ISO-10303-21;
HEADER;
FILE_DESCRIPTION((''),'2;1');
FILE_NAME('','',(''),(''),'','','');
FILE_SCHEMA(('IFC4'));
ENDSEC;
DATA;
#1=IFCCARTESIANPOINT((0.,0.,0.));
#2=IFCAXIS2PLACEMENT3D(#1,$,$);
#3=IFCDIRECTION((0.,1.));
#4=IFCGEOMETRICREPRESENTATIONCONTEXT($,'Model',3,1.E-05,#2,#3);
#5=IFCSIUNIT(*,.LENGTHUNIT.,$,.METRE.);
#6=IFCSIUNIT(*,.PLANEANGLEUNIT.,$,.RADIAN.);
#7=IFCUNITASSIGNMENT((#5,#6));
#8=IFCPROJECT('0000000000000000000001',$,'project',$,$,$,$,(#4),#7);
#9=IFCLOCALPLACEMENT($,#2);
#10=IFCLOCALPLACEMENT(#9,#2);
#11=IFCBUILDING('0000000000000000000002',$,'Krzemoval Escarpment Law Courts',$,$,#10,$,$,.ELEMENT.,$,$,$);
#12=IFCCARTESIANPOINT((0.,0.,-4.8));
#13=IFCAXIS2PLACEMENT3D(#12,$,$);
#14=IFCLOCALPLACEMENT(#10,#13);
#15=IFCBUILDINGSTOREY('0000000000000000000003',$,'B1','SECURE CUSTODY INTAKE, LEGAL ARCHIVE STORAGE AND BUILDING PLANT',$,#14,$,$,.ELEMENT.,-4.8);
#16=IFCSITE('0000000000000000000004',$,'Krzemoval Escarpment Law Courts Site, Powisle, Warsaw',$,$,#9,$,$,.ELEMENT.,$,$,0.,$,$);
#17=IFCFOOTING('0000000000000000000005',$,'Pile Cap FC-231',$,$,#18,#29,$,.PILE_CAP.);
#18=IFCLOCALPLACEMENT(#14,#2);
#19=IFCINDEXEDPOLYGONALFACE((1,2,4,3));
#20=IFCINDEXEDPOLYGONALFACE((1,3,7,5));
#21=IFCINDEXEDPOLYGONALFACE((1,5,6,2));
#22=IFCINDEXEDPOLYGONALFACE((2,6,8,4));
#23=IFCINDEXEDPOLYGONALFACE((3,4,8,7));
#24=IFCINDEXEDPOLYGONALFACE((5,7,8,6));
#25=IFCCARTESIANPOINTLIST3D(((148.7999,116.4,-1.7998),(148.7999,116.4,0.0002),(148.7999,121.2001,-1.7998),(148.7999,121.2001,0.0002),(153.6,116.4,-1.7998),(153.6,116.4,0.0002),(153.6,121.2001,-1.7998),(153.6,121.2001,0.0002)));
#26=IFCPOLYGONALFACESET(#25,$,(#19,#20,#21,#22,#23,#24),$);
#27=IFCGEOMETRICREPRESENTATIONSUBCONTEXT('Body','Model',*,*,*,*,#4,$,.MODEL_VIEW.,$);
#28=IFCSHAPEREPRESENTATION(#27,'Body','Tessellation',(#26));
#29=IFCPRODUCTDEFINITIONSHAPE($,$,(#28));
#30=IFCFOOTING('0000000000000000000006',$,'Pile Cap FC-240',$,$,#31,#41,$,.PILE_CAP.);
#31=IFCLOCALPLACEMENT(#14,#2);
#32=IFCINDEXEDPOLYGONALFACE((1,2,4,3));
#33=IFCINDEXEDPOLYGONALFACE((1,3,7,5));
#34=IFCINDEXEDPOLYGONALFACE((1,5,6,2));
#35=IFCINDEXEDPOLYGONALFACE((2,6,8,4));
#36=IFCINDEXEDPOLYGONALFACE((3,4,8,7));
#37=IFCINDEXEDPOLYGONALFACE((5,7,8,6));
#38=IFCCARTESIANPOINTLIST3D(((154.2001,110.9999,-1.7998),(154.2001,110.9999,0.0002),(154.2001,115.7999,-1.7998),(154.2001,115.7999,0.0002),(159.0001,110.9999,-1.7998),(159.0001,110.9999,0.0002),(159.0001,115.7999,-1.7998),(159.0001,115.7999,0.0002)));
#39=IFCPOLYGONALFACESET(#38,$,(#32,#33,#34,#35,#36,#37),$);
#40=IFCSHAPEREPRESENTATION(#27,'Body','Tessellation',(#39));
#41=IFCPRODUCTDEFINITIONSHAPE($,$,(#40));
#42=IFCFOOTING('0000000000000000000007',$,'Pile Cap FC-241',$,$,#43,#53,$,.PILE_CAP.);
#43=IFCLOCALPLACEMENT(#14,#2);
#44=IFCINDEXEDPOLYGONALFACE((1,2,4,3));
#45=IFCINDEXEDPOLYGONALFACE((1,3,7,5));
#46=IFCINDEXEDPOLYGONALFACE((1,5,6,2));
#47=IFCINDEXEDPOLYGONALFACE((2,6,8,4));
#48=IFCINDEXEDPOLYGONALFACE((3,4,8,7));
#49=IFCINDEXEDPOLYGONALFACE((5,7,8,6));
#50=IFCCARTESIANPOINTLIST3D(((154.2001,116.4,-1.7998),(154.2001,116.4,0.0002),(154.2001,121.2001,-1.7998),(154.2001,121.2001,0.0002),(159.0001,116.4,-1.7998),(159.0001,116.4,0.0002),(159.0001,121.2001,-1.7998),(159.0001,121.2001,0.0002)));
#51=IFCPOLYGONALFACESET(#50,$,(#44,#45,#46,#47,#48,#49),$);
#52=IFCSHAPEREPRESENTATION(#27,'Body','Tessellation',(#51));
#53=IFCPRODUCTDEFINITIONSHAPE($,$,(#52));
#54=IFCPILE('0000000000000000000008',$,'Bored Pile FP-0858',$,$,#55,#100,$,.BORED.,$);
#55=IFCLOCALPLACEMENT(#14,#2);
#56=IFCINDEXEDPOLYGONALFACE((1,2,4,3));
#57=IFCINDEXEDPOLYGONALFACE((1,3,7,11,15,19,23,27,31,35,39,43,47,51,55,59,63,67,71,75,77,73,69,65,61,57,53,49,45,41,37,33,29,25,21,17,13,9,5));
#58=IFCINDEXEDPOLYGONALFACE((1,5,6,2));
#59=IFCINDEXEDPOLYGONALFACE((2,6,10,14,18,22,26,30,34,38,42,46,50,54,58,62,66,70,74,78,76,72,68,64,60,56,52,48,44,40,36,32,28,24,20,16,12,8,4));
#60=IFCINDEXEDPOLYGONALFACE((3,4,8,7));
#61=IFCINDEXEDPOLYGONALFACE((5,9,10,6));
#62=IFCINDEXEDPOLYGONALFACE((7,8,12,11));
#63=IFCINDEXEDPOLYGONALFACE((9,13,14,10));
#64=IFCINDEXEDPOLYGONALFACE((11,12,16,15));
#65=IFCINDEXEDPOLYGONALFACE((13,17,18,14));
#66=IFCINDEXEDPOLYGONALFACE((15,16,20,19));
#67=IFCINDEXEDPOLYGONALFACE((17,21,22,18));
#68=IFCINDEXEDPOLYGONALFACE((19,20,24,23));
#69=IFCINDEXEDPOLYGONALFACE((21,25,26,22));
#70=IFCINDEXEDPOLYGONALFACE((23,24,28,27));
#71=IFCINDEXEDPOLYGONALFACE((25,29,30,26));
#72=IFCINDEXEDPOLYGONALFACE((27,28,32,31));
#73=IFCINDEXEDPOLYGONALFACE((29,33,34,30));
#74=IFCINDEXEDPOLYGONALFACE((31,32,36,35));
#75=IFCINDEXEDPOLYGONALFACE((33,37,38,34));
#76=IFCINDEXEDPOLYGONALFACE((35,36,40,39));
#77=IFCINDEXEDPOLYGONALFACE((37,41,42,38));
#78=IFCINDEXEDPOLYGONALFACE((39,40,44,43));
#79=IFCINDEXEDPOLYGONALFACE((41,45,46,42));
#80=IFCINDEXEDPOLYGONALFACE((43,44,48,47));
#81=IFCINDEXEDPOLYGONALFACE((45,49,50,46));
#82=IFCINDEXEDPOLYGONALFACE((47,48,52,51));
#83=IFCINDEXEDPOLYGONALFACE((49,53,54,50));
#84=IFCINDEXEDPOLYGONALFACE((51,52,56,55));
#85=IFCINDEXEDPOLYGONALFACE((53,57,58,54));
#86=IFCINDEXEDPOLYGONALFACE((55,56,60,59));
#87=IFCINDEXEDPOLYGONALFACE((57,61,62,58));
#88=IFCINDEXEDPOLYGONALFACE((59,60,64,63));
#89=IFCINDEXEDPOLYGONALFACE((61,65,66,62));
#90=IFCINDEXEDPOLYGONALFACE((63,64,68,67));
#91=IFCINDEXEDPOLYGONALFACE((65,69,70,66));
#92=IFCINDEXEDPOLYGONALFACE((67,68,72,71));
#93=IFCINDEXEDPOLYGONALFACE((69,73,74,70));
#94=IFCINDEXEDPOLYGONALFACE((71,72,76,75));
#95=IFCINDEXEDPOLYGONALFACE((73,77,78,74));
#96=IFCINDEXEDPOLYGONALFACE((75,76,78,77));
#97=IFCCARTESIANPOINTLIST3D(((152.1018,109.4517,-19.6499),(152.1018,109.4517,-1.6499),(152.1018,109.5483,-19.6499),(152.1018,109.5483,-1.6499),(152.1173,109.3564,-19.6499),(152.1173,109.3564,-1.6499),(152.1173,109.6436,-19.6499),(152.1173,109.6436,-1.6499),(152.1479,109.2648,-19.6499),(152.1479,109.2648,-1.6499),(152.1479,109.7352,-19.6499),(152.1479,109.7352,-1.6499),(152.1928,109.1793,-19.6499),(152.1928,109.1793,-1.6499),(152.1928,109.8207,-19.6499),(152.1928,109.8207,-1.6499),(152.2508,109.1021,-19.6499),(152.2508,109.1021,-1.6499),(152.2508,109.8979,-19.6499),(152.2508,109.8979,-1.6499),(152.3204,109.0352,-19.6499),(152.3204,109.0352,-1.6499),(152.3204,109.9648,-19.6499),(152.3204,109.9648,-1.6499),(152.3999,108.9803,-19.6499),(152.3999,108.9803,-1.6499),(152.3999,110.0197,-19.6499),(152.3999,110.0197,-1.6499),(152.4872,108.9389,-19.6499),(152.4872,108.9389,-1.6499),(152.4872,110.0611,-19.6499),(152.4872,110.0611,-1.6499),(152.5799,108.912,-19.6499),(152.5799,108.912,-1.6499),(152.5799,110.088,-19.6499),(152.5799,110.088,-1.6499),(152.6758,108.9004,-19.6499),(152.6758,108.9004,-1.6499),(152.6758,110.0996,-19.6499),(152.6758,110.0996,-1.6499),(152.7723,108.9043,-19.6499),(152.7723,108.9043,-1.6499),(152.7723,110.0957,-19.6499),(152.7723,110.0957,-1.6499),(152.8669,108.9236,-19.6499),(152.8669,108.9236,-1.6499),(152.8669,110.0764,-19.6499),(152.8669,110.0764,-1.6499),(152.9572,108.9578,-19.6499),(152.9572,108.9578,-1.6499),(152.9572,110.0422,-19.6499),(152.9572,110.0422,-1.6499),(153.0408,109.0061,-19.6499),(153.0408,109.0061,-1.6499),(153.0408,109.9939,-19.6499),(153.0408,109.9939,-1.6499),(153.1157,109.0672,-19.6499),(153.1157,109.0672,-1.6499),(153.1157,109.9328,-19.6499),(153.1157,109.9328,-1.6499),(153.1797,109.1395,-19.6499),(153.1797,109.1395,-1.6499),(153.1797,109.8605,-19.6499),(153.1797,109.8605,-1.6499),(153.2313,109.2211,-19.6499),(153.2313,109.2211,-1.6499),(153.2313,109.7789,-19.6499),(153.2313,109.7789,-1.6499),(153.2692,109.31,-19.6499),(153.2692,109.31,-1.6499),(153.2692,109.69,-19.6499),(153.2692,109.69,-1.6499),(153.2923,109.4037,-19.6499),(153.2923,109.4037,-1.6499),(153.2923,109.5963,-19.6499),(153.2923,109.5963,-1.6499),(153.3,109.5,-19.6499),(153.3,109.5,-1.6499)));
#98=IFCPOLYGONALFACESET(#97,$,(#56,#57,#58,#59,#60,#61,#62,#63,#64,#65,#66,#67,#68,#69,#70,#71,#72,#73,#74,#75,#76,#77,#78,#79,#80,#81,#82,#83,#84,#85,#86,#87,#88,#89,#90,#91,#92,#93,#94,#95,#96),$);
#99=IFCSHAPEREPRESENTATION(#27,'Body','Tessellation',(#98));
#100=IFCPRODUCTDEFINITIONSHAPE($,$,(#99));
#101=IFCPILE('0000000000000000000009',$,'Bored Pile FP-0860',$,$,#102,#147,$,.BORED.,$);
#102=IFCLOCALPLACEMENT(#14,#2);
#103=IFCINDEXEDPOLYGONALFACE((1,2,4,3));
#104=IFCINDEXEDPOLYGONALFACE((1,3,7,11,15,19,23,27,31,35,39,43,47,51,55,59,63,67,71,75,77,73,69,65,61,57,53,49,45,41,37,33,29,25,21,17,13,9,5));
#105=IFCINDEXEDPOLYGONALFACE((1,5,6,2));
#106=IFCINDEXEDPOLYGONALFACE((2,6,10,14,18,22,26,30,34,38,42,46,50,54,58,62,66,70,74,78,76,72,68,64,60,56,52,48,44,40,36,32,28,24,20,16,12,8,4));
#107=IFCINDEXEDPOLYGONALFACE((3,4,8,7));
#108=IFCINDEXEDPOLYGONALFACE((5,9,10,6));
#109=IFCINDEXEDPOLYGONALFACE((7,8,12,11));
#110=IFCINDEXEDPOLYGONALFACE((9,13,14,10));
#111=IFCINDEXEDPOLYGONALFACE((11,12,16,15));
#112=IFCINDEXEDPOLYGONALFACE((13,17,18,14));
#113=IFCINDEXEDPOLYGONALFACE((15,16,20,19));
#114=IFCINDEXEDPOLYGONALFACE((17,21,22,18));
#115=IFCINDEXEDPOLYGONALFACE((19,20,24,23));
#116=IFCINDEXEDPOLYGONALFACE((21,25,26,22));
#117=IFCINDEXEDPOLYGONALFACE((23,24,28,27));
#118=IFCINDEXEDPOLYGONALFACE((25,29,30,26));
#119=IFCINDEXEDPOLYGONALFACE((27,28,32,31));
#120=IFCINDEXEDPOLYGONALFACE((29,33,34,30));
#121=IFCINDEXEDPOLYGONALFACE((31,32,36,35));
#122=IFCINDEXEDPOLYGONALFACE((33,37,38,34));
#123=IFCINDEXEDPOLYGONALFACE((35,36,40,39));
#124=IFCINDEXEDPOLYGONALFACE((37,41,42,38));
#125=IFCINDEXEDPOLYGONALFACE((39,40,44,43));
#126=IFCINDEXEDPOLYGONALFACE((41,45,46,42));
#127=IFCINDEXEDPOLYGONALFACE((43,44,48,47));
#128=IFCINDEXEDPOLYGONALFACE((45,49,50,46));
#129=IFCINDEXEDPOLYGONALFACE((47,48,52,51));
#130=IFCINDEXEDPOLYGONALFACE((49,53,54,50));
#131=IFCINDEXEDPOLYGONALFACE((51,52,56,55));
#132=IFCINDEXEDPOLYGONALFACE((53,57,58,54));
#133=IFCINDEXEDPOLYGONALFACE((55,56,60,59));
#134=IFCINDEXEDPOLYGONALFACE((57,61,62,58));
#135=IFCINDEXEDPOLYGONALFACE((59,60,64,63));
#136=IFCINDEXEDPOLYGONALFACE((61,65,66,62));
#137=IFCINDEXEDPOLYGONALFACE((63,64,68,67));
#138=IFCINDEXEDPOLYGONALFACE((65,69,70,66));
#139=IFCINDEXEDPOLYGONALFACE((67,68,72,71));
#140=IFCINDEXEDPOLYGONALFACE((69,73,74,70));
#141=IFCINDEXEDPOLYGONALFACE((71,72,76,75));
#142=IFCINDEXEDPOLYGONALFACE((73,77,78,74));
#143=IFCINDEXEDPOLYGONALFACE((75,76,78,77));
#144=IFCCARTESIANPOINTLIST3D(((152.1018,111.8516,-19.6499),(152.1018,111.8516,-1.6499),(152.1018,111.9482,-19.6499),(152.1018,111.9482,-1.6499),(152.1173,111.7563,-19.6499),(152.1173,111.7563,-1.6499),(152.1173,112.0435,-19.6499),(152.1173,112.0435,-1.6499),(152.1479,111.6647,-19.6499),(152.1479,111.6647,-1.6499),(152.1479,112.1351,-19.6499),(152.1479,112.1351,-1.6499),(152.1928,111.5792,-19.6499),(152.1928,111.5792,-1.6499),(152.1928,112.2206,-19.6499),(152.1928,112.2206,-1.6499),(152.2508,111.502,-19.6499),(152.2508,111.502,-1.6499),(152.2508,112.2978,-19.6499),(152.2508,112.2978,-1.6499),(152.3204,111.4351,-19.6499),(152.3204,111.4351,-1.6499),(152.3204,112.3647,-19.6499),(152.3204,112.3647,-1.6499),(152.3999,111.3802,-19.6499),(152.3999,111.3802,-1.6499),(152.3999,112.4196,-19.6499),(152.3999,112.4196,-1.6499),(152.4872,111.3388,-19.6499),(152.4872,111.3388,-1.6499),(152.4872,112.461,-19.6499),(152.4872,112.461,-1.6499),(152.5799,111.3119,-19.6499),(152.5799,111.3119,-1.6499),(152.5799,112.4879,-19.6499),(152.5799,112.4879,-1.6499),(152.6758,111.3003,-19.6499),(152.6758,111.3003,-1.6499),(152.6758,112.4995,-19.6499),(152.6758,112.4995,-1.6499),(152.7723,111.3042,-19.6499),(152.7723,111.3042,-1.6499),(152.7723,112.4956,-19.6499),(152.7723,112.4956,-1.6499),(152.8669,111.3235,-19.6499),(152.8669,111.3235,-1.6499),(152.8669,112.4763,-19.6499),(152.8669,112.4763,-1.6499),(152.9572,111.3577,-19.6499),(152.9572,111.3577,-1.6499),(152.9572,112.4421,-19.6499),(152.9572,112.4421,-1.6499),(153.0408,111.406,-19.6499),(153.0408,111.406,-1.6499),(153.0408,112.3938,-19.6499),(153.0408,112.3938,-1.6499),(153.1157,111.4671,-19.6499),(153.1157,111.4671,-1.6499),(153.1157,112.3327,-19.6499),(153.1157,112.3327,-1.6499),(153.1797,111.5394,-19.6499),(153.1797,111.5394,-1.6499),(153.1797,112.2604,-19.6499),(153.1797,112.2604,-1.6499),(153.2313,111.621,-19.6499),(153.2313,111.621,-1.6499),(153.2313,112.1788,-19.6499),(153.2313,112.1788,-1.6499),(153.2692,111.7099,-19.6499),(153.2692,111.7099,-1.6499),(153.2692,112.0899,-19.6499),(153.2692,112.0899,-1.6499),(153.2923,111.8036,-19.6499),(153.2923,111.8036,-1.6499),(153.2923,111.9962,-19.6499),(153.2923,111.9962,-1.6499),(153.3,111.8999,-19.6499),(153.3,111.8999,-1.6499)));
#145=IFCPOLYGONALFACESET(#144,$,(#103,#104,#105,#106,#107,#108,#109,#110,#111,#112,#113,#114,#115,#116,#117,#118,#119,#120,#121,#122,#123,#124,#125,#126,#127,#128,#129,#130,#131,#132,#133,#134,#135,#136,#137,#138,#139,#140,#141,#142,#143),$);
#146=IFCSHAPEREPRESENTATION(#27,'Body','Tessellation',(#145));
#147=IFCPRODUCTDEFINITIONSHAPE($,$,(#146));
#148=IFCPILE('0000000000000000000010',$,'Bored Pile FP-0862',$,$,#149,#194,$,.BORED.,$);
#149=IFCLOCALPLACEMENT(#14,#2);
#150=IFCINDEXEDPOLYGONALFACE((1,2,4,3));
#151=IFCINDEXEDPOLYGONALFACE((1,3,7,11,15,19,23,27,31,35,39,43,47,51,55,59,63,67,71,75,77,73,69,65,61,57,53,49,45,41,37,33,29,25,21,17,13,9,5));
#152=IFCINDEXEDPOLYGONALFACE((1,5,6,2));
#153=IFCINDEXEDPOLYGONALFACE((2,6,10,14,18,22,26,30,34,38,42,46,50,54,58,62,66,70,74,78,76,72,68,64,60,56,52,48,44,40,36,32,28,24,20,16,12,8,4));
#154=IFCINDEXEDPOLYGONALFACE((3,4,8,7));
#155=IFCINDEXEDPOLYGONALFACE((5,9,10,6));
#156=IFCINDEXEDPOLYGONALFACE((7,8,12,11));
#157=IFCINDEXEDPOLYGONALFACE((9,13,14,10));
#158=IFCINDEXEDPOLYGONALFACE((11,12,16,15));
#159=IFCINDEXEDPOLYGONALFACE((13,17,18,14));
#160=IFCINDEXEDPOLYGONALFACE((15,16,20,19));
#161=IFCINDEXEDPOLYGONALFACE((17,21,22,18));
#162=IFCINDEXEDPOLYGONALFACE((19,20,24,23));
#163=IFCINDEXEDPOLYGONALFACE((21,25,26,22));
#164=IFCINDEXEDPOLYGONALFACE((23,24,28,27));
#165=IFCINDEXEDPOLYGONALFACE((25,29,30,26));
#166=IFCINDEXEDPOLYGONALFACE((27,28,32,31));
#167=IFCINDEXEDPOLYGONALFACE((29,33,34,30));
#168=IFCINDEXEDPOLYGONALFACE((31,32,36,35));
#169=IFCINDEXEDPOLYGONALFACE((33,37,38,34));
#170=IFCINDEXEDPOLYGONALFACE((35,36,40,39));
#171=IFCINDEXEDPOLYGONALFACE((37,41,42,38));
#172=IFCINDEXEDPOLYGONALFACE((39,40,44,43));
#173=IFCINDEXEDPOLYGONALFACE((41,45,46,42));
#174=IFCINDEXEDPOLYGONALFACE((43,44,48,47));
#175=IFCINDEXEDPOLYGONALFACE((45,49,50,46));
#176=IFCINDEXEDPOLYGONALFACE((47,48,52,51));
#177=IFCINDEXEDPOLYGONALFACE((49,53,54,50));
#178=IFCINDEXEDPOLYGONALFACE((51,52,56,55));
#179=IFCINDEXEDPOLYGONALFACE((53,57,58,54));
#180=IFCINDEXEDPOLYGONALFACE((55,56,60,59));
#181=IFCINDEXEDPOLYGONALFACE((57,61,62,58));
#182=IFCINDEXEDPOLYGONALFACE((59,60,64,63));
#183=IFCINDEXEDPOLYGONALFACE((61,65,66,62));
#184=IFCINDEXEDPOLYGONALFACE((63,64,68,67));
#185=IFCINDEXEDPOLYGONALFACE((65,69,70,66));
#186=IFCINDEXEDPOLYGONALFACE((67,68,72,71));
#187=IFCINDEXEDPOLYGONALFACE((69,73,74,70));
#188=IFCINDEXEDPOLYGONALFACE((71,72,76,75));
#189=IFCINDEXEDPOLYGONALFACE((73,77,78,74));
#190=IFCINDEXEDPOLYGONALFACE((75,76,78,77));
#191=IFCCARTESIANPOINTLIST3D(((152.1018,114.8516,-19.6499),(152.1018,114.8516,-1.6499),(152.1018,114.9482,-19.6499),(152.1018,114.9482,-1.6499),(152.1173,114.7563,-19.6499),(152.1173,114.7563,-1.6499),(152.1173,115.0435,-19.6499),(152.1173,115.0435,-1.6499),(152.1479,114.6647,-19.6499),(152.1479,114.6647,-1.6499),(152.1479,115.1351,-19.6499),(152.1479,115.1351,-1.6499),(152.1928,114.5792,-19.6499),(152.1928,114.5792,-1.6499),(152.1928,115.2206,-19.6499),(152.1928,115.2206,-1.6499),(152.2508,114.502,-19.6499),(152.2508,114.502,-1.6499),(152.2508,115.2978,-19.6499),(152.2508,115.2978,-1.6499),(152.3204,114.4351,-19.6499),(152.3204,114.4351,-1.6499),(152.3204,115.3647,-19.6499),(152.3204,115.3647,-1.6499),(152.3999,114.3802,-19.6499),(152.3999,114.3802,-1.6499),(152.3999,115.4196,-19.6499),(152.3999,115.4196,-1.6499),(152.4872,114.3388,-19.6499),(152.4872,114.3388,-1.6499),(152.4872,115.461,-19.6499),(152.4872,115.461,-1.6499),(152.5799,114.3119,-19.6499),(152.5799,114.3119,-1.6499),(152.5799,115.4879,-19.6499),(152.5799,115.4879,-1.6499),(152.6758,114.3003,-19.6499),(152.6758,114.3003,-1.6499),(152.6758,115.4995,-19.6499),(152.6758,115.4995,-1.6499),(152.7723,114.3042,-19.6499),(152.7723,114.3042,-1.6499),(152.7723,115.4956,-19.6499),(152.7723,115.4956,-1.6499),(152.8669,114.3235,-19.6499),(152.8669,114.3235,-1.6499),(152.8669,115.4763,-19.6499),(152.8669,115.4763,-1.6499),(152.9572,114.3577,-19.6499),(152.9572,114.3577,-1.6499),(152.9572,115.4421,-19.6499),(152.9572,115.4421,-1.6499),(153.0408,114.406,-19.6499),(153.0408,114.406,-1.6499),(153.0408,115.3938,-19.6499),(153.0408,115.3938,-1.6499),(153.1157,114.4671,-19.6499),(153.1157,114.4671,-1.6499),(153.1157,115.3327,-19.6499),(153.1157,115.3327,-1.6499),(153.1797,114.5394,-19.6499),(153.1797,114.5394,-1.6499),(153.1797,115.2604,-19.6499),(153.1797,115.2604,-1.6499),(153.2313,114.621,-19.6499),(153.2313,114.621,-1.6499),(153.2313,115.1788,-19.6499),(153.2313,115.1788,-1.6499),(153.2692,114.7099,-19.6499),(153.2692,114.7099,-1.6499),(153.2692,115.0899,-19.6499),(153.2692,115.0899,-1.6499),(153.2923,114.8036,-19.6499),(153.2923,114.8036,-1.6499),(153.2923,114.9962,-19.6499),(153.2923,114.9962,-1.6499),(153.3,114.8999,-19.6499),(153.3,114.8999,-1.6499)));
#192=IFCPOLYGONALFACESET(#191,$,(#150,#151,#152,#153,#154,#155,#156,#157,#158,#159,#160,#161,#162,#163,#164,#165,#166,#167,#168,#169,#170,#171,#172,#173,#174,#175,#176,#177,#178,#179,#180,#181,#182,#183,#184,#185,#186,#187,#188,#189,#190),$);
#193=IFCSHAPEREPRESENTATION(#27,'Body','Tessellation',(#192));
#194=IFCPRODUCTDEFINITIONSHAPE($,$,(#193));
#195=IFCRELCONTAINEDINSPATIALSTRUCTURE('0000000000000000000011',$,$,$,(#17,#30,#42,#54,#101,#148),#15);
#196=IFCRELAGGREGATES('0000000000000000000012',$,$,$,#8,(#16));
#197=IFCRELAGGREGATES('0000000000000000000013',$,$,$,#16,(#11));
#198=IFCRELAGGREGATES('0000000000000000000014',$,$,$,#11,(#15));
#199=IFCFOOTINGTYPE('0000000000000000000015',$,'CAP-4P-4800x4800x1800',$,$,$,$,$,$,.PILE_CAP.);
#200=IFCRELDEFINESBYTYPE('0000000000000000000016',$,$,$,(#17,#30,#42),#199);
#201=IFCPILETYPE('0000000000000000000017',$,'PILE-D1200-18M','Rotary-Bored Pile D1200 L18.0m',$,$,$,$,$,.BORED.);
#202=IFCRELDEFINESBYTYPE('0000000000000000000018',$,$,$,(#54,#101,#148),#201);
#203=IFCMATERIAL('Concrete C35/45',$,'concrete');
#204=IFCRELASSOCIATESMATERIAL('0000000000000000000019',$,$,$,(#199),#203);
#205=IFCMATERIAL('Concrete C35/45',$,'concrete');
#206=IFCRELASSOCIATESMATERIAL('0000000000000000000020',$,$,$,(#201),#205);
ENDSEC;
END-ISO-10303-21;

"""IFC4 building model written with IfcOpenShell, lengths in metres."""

from ifc_helpers import new_model, si_unit, direction, frame, origin, origin_2d, place, context, subcontext, project, spatial, rectangle, circle, extrude, material, material_profile, profile_set, type_object, element, save


model = new_model("IFC4")

# Units and contexts
model_context = context("Model", 3, precision=1e-05, world=origin(), true_north=direction((0.0, 1.0)))
body_context = subcontext(model_context, "Body", "Model", "MODEL_VIEW")
ifc_project = project(units=[si_unit("LENGTHUNIT", "METRE"), si_unit("PLANEANGLEUNIT", "RADIAN")], contexts=[model_context])

# Site, building, storey
site_placement = place(None, origin())
site = spatial("IfcSite", under=ifc_project, at=site_placement, Name="Krzemoval Escarpment Law Courts Site, Powisle, Warsaw", CompositionType="ELEMENT", RefElevation=0.0)
building_placement = place(site_placement, origin())
building = spatial("IfcBuilding", under=site, at=building_placement, Name="Krzemoval Escarpment Law Courts", CompositionType="ELEMENT")
storey_placement = place(building_placement, frame((0.0, 0.0, -4.8)))
storey = spatial("IfcBuildingStorey", under=building, at=storey_placement, Name="B1", Description="SECURE CUSTODY INTAKE, LEGAL ARCHIVE STORAGE AND BUILDING PLANT", CompositionType="ELEMENT", Elevation=-4.8)

# Footings
ifc_material_1 = material(Name="Concrete C35/45", Category="concrete")
footing_type = type_object("IfcFootingType", Name="CAP-4P-4800x4800x1800", PredefinedType="PILE_CAP", material=ifc_material_1)
for number, where, z_axis, x_axis, name in (
    (1, (151.2, 118.8, -1.7998), (0.0, 0.0, 1.0), (1.0, 0.0, 0.0), "Pile Cap FC-231"),
    (2, (156.6001, 113.3999, -1.7998), (0.0, 0.0, 1.0), (1.0, 0.0, 0.0), "Pile Cap FC-240"),
    (3, (156.6001, 118.8, -1.7998), (0.0, 0.0, 1.0), (1.0, 0.0, 0.0), "Pile Cap FC-241"),
):
    element("IfcFooting", number, at=place(storey_placement, frame(where, z_axis=z_axis, x_axis=x_axis)), inside=storey, type_object=footing_type, Name=name, PredefinedType="PILE_CAP", context=body_context, shape_type="SweptSolid", body=[
        extrude(rectangle(XDim=4.8, YDim=4.8, at=origin_2d()), origin(), (0.0, 0.0, 1.0), 1.8),
    ])

# Piles
ifc_material_2 = material(Name="Concrete C35/45", Category="concrete")
ifc_material_profile_1 = material_profile(ifc_material_2, circle(Radius=0.6001, at=origin_2d()), Name="PILE D1200")
ifc_profile_set_1 = profile_set([ifc_material_profile_1], Name="Concrete C35/45")
pile_type = type_object("IfcPileType", Name="PILE-D1200-18M", Description="Rotary-Bored Pile D1200 L18.0m", PredefinedType="BORED", material=ifc_profile_set_1)
for number, where, z_axis, x_axis, name in (
    (4, (152.7, 109.5, -1.6499), (0.0, 0.0, -1.0), (1.0, 0.0, 0.0), "Bored Pile FP-0858"),
    (5, (152.7, 111.8999, -1.6499), (0.0, 0.0, -1.0), (1.0, 0.0, 0.0), "Bored Pile FP-0860"),
    (6, (152.7, 114.8999, -1.6499), (0.0, 0.0, -1.0), (1.0, 0.0, 0.0), "Bored Pile FP-0862"),
):
    element("IfcPile", number, at=place(storey_placement, frame(where, z_axis=z_axis, x_axis=x_axis)), inside=storey, type_object=pile_type, Name=name, PredefinedType="BORED", context=body_context, shape_type="SweptSolid", body=[
        extrude(circle(Radius=0.6001, at=origin_2d()), origin(), (0.0, 0.0, 1.0), 18.0),
    ])

save(model, "model.ifc")
